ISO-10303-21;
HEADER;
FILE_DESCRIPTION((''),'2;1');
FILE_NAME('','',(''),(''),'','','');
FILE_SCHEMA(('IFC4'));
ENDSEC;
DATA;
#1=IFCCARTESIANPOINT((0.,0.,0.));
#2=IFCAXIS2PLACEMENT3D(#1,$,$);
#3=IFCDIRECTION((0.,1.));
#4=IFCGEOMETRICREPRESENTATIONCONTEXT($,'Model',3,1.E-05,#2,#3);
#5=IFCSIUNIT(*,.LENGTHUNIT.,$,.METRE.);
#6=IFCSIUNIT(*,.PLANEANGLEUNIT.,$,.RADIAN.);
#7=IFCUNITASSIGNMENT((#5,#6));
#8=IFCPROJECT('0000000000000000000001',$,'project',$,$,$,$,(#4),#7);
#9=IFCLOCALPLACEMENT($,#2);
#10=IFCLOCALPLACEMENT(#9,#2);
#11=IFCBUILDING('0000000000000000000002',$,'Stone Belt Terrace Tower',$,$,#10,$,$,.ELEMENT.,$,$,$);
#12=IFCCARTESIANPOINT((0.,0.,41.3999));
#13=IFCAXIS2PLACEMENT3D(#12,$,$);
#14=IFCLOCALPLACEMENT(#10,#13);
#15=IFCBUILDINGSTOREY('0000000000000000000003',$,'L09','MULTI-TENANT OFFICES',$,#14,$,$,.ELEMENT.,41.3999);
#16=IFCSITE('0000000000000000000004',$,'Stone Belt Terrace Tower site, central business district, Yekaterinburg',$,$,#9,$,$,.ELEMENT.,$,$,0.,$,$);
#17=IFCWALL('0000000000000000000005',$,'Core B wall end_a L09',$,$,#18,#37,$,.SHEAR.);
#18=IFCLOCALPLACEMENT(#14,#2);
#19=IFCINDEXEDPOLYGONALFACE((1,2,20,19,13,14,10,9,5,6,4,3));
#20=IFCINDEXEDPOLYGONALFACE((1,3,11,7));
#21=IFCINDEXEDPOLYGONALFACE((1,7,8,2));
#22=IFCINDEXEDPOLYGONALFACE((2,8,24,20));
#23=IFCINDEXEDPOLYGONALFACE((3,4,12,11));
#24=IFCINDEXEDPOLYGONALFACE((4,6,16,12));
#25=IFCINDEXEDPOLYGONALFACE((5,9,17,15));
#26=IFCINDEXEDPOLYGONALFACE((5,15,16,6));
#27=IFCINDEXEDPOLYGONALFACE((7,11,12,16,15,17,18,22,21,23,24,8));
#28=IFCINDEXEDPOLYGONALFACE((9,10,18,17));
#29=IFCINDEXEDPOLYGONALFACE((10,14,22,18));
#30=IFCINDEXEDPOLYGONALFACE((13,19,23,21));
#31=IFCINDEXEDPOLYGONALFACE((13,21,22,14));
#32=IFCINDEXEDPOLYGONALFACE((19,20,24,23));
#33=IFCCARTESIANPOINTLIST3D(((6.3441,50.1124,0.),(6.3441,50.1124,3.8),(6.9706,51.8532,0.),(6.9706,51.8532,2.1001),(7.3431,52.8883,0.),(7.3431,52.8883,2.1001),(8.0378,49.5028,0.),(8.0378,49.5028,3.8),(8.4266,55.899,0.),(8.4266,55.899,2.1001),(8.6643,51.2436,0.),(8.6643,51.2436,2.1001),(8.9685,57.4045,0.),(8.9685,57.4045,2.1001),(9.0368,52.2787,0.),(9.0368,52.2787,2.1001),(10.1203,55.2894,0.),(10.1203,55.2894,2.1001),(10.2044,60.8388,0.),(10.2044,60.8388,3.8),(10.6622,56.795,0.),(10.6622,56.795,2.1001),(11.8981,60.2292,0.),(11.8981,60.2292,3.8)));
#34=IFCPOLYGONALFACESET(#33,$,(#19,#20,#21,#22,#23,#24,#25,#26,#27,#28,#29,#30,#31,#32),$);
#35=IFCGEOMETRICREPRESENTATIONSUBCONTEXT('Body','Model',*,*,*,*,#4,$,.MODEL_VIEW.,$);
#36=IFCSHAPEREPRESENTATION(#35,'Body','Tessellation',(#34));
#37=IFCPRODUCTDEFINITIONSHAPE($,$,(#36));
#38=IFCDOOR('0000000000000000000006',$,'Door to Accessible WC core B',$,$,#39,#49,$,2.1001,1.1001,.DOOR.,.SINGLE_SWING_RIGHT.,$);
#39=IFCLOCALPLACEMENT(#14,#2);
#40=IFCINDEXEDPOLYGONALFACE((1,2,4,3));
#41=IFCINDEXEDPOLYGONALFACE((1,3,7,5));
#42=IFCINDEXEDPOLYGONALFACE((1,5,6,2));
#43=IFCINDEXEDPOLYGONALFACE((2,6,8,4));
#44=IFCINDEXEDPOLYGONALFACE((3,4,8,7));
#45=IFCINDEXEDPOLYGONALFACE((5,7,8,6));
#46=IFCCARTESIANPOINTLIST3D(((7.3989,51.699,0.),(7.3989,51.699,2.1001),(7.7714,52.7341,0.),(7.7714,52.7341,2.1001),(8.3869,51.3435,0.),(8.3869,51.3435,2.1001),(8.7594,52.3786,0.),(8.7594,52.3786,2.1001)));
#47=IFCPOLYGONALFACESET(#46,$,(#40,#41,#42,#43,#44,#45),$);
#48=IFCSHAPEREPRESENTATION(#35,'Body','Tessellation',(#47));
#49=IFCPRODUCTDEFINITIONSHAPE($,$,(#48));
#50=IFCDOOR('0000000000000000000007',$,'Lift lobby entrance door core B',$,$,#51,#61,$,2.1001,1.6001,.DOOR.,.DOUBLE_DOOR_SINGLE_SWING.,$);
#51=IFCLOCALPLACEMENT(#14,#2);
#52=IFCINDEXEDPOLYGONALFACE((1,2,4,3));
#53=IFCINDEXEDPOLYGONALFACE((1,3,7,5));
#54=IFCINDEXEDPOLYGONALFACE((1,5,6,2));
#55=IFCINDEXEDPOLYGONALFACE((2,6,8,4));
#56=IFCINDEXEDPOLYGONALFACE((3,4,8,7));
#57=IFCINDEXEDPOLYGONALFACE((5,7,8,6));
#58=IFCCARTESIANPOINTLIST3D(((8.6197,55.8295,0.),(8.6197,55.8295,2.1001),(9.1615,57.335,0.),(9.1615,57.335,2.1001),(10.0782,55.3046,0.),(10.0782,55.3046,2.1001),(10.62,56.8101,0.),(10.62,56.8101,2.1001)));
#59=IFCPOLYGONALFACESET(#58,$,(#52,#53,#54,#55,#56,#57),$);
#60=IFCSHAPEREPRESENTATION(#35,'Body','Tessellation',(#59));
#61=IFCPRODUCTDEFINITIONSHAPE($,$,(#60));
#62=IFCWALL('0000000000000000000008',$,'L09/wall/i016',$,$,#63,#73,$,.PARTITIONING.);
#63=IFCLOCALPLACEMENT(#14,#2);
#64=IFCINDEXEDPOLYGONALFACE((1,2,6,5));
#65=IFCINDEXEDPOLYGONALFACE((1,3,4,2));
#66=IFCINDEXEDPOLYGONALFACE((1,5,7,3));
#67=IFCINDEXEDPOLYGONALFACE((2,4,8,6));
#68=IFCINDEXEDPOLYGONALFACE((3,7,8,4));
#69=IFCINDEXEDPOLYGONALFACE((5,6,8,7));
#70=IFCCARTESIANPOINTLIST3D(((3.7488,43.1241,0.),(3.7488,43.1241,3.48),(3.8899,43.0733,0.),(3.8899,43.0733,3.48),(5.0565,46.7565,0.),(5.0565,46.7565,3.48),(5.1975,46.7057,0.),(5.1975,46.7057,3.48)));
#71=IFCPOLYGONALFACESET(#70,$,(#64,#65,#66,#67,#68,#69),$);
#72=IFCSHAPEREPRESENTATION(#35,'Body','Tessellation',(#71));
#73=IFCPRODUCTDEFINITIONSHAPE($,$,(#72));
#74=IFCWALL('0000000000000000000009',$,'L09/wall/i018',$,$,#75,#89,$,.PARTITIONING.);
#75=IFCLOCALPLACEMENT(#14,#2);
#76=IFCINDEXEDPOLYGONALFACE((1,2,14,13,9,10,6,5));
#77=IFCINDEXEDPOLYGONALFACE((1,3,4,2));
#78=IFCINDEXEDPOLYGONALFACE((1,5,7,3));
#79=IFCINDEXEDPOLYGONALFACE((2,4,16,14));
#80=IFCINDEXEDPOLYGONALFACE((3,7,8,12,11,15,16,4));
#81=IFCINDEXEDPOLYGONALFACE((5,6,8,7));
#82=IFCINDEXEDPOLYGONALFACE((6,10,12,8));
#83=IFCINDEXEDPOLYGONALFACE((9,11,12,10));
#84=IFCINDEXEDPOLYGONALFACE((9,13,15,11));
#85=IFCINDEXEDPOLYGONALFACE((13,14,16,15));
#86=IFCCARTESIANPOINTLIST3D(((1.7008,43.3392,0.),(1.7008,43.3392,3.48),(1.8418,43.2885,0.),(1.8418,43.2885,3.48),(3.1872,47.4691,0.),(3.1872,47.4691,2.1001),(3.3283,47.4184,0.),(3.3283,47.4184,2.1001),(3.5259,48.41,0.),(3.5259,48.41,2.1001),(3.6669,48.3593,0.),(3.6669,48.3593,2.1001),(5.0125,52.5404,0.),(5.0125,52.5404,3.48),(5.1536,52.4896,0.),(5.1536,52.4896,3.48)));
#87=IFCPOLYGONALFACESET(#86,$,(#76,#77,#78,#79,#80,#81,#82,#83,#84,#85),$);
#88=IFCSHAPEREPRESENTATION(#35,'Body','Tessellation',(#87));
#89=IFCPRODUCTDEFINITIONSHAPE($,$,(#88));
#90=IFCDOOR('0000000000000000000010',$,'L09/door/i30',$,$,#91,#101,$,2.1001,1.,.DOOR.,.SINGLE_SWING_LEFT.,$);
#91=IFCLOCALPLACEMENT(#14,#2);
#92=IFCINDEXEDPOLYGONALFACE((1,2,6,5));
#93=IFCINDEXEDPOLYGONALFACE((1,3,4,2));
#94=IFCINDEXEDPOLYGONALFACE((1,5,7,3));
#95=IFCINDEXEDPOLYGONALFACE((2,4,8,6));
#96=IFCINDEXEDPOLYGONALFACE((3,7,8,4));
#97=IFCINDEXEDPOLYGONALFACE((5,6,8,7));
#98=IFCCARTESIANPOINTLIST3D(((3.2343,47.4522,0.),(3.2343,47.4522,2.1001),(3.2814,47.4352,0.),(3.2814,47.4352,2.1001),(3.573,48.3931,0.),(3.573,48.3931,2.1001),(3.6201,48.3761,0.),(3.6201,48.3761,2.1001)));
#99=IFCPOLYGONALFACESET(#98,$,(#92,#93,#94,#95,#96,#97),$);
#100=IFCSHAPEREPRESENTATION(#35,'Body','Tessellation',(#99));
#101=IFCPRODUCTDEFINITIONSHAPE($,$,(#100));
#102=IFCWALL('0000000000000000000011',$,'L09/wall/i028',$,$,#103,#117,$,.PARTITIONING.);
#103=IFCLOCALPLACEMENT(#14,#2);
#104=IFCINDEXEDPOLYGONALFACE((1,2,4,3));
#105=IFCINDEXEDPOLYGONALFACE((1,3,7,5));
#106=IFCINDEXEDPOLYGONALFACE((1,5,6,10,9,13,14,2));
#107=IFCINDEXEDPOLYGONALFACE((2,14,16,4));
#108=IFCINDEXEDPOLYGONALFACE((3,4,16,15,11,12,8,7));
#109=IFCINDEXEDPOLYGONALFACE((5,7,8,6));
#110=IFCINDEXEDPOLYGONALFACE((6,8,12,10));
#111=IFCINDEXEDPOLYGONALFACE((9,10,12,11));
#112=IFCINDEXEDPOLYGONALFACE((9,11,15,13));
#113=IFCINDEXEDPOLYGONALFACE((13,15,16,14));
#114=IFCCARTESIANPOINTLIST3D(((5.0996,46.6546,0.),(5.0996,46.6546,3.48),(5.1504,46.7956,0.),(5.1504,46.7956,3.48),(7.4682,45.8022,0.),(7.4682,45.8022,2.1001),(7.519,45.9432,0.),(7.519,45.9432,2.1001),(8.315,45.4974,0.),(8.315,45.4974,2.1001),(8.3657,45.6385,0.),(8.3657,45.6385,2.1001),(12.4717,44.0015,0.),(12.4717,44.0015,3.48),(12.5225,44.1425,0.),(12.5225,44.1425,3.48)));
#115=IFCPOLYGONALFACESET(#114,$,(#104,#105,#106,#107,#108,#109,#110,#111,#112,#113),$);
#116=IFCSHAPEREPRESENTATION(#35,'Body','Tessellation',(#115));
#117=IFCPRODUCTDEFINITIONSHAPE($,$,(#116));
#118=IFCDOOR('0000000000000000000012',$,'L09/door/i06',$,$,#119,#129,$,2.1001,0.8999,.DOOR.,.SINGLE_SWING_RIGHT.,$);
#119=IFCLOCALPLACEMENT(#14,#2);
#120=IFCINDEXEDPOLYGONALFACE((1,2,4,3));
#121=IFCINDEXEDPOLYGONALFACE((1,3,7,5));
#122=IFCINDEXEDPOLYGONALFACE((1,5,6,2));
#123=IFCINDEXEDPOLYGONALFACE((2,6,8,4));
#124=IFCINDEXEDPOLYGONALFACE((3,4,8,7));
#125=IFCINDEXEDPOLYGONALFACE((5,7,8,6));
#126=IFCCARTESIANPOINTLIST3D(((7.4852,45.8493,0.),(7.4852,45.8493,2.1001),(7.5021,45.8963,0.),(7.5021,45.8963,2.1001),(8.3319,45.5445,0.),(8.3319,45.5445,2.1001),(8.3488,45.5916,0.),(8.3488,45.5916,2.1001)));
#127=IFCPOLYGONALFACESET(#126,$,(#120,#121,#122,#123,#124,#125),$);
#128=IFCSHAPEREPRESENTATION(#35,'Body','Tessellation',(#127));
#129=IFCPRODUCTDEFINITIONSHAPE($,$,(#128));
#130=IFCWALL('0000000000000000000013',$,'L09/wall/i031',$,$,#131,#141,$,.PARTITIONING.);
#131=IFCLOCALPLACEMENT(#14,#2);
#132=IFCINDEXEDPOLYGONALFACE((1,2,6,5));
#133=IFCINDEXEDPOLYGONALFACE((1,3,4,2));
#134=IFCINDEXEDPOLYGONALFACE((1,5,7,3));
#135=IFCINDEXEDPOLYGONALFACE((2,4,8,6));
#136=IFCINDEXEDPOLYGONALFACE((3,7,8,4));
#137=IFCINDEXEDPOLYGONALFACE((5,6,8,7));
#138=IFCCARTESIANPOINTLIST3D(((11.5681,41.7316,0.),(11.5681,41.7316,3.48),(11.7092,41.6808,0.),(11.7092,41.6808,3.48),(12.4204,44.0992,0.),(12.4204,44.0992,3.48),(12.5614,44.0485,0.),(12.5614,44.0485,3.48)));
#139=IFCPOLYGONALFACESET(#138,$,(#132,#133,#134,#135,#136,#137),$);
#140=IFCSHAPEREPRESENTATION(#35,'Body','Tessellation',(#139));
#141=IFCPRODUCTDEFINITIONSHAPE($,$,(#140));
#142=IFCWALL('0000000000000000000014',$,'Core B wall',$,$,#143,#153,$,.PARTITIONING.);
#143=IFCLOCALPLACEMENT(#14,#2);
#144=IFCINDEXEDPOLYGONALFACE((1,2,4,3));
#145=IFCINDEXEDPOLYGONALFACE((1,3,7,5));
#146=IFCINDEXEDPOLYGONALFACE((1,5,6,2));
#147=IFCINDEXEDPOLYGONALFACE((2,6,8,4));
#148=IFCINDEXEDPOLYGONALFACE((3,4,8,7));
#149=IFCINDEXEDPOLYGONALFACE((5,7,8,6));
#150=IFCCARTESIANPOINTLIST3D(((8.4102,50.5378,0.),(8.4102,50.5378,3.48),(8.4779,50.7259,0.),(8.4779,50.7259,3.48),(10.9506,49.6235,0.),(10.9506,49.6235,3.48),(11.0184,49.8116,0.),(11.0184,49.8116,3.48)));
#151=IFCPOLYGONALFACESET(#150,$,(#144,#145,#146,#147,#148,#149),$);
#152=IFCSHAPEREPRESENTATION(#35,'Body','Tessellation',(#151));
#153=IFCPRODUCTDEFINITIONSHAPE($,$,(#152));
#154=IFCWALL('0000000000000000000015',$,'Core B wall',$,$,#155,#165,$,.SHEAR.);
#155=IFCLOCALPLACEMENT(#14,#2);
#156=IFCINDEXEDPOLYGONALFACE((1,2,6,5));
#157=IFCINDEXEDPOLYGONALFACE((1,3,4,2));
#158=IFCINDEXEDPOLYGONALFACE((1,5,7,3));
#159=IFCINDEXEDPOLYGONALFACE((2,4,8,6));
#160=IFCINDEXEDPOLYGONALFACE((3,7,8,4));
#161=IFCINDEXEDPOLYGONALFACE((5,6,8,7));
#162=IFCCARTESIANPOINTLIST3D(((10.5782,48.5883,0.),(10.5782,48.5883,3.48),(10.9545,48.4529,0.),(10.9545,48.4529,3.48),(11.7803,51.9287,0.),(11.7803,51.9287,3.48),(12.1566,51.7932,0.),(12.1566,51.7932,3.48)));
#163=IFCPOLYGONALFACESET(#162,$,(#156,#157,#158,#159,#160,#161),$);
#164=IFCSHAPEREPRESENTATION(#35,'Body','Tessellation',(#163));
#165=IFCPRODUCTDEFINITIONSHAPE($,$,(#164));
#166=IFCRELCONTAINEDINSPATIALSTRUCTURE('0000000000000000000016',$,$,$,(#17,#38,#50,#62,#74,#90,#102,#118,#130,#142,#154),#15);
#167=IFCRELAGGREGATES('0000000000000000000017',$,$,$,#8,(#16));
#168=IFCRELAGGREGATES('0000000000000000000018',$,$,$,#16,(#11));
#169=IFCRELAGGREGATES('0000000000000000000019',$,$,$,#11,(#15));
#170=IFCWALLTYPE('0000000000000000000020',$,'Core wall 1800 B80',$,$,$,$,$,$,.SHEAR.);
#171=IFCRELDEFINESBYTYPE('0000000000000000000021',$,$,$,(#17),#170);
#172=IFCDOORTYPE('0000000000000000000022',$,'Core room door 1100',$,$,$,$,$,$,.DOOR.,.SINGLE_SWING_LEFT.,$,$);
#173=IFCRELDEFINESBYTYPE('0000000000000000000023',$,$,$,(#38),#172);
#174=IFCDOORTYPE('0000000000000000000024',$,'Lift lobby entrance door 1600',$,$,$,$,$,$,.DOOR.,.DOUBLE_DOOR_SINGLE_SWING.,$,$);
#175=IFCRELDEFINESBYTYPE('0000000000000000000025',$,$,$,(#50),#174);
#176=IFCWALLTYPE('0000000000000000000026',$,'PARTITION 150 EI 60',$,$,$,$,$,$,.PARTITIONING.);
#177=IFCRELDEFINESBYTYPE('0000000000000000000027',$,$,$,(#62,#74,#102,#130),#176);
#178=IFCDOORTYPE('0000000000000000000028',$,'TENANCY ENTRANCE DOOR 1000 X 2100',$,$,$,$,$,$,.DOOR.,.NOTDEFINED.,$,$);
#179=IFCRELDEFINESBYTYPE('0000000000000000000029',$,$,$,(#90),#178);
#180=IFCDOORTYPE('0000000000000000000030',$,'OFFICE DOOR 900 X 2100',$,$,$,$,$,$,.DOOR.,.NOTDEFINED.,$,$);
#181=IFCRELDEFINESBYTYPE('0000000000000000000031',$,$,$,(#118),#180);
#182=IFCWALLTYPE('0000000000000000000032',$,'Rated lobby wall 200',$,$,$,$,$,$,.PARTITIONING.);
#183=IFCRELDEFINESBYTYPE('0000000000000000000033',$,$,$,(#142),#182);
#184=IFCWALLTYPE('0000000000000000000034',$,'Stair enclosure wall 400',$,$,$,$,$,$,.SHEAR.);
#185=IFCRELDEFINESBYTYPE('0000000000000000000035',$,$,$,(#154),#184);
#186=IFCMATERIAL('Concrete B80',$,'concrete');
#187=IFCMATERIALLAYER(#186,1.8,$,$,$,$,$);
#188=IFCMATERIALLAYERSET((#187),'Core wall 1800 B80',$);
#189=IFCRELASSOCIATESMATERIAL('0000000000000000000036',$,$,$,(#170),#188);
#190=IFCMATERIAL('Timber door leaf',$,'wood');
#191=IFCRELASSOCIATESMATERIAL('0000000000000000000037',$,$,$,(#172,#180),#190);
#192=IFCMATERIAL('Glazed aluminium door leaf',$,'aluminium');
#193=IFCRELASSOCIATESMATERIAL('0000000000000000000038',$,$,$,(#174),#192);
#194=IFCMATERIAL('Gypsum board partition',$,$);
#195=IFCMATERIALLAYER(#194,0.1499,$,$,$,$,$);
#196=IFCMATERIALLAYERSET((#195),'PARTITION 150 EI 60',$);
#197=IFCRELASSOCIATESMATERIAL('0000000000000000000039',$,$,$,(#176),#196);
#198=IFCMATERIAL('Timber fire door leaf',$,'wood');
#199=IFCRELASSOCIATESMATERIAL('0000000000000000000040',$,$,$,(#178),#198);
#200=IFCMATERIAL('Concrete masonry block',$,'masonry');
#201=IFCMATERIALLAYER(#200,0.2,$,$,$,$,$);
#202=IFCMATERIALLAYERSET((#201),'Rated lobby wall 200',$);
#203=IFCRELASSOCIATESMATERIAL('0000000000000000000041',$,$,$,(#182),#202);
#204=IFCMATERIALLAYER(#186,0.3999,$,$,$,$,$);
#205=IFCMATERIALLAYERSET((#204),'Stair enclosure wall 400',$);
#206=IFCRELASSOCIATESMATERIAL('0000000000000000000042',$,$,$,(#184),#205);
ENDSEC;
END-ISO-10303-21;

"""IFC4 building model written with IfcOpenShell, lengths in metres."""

from ifc_helpers import new_model, si_unit, direction, frame, frame_2d, origin, place, context, subcontext, project, spatial, rectangle, extrude, material, layer, layer_set, type_object, element, fill, save


model = new_model("IFC4")

# Units and contexts
model_context = context("Model", 3, precision=1e-05, world=origin(), true_north=direction((0.0, 1.0)))
body_context = subcontext(model_context, "Body", "Model", "MODEL_VIEW")
ifc_project = project(units=[si_unit("LENGTHUNIT", "METRE"), si_unit("PLANEANGLEUNIT", "RADIAN")], contexts=[model_context])

# Site, building, storey
site_placement = place(None, origin())
site = spatial("IfcSite", under=ifc_project, at=site_placement, Name="Stone Belt Terrace Tower site, central business district, Yekaterinburg", CompositionType="ELEMENT", RefElevation=0.0)
building_placement = place(site_placement, origin())
building = spatial("IfcBuilding", under=site, at=building_placement, Name="Stone Belt Terrace Tower", CompositionType="ELEMENT")
storey_placement = place(building_placement, frame((0.0, 0.0, 41.3999)))
storey = spatial("IfcBuildingStorey", under=building, at=storey_placement, Name="L09", Description="MULTI-TENANT OFFICES", CompositionType="ELEMENT", Elevation=41.3999)

# Shared definitions
ifc_material_1 = material(Name="Concrete B80", Category="concrete")

# Wall, openings, doors
ifc_layer_1 = layer(ifc_material_1, 1.8)
ifc_layer_set_1 = layer_set([ifc_layer_1], Name="Core wall 1800 B80")
wall_type_1 = type_object("IfcWallType", Name="Core wall 1800 B80", PredefinedType="SHEAR", material=ifc_layer_set_1)
ifc_material_2 = material(Name="Timber door leaf", Category="wood")
door_type_1 = type_object("IfcDoorType", Name="Core room door 1100", OperationType="SINGLE_SWING_LEFT", PredefinedType="DOOR", material=ifc_material_2)
wall_1_placement = place(storey_placement, frame((7.1909, 49.8076, 0.0), z_axis=(0.0, 0.0, 1.0), x_axis=(0.338632, 0.940919, 0.0)))
wall_1 = element("IfcWall", 1, at=wall_1_placement, inside=storey, type_object=wall_type_1, Name="Core B wall end_a L09", PredefinedType="SHEAR", context=body_context, shape_type="SweptSolid", body=[
    extrude(rectangle(XDim=11.3999, YDim=1.8, at=frame_2d((5.7, 0.0))), origin(), (0.0, 0.0, 1.0), 3.8),
])
opening_1_placement = place(wall_1_placement, frame((6.1499, 0.0, 0.0)))
opening_1 = element("IfcOpeningElement", 2, at=opening_1_placement, cuts=wall_1, PredefinedType="OPENING", context=body_context, shape_type="SweptSolid", body=[
    extrude(rectangle(XDim=1.6001, YDim=2.1001, at=frame_2d((0.8, 1.05))), frame((0.0, 0.9099, 0.0), z_axis=(0.0, -1.0, 0.0), x_axis=(1.0, 0.0, 0.0)), (0.0, 0.0, 1.0), 1.8201),
])
opening_2_placement = place(wall_1_placement, frame((1.8501, 0.0, 0.0)))
opening_2 = element("IfcOpeningElement", 3, at=opening_2_placement, cuts=wall_1, PredefinedType="OPENING", context=body_context, shape_type="SweptSolid", body=[
    extrude(rectangle(XDim=1.1001, YDim=2.1001, at=frame_2d((0.55, 1.05))), frame((0.0, 0.9099, 0.0), z_axis=(0.0, -1.0, 0.0), x_axis=(1.0, 0.0, 0.0)), (0.0, 0.0, 1.0), 1.8201),
])
door_1_placement = place(opening_2_placement, origin())
door_1 = element("IfcDoor", 4, at=door_1_placement, inside=storey, type_object=door_type_1, Name="Door to Accessible WC core B", OperationType="SINGLE_SWING_RIGHT", OverallHeight=2.1001, OverallWidth=1.1001, PredefinedType="DOOR", context=body_context, shape_type="SweptSolid", body=[
    extrude(rectangle(XDim=1.1001, YDim=2.1001, at=frame_2d((0.55, 1.05))), frame((0.0, 0.4448, 0.0), z_axis=(0.0, -1.0, 0.0), x_axis=(1.0, 0.0, 0.0)), (0.0, 0.0, 1.0), 1.05),
])
fill(opening_2, door_1)
ifc_material_3 = material(Name="Glazed aluminium door leaf", Category="aluminium")
door_type_2 = type_object("IfcDoorType", Name="Lift lobby entrance door 1600", OperationType="DOUBLE_DOOR_SINGLE_SWING", PredefinedType="DOOR", material=ifc_material_3)
door_2_placement = place(opening_1_placement, origin())
door_2 = element("IfcDoor", 5, at=door_2_placement, inside=storey, type_object=door_type_2, Name="Lift lobby entrance door core B", OperationType="DOUBLE_DOOR_SINGLE_SWING", OverallHeight=2.1001, OverallWidth=1.6001, PredefinedType="DOOR", context=body_context, shape_type="SweptSolid", body=[
    extrude(rectangle(XDim=1.6001, YDim=2.1001, at=frame_2d((0.8, 1.05))), frame((0.0, 0.6948, 0.0), z_axis=(0.0, -1.0, 0.0), x_axis=(1.0, 0.0, 0.0)), (0.0, 0.0, 1.0), 1.55),
])
fill(opening_1, door_2)

# Wall
ifc_material_4 = material(Name="Gypsum board partition")
ifc_layer_2 = layer(ifc_material_4, 0.1499)
ifc_layer_set_2 = layer_set([ifc_layer_2], Name="PARTITION 150 EI 60")
wall_type_2 = type_object("IfcWallType", Name="PARTITION 150 EI 60", PredefinedType="PARTITIONING", material=ifc_layer_set_2)
wall_2_placement = place(storey_placement, frame((5.127, 46.731, 0.0), z_axis=(0.0, 0.0, 1.0), x_axis=(-0.338715, -0.940889, 0.0)))
element("IfcWall", 6, at=wall_2_placement, inside=storey, type_object=wall_type_2, Name="L09/wall/i016", PredefinedType="PARTITIONING", context=body_context, shape_type="SweptSolid", body=[
    extrude(rectangle(XDim=3.8606, YDim=0.1499, at=frame_2d((1.9302, 0.0))), origin(), (0.0, 0.0, 1.0), 3.48),
])

# Walls, openings, doors
wall_3_placement = place(storey_placement, frame((1.7712, 43.3137, 0.0), z_axis=(0.0, 0.0, 1.0), x_axis=(0.33866, 0.940909, 0.0)))
wall_3 = element("IfcWall", 7, at=wall_3_placement, inside=storey, type_object=wall_type_2, Name="L09/wall/i018", PredefinedType="PARTITIONING", context=body_context, shape_type="SweptSolid", body=[
    extrude(rectangle(XDim=9.7791, YDim=0.1499, at=frame_2d((4.8896, 0.0))), origin(), (0.0, 0.0, 1.0), 3.48),
])
opening_3_placement = place(wall_3_placement, frame((4.3894, 0.0, 0.0)))
opening_3 = element("IfcOpeningElement", 8, at=opening_3_placement, cuts=wall_3, PredefinedType="OPENING", context=body_context, shape_type="SweptSolid", body=[
    extrude(rectangle(XDim=1.0, YDim=2.1001, at=frame_2d((0.5, 1.05))), frame((0.0, 0.085, 0.0), z_axis=(0.0, -1.0, 0.0), x_axis=(1.0, 0.0, 0.0)), (0.0, 0.0, 1.0), 0.1699),
])
ifc_material_5 = material(Name="Timber fire door leaf", Category="wood")
door_type_3 = type_object("IfcDoorType", Name="TENANCY ENTRANCE DOOR 1000 X 2100", OperationType="NOTDEFINED", PredefinedType="DOOR", material=ifc_material_5)
door_3_placement = place(opening_3_placement, origin())
door_3 = element("IfcDoor", 9, at=door_3_placement, inside=storey, type_object=door_type_3, Name="L09/door/i30", OperationType="SINGLE_SWING_LEFT", OverallHeight=2.1001, OverallWidth=1.0, PredefinedType="DOOR", context=body_context, shape_type="SweptSolid", body=[
    extrude(rectangle(XDim=1.0, YDim=2.1001, at=frame_2d((0.5, 1.05))), frame((0.0, 0.0249, 0.0), z_axis=(0.0, -1.0, 0.0), x_axis=(1.0, 0.0, 0.0)), (0.0, 0.0, 1.0), 0.05),
])
fill(opening_3, door_3)
wall_4_placement = place(storey_placement, frame((12.4971, 44.072, 0.0), z_axis=(0.0, 0.0, 1.0), x_axis=(-0.940923, 0.338621, 0.0)))
wall_4 = element("IfcWall", 10, at=wall_4_placement, inside=storey, type_object=wall_type_2, Name="L09/wall/i028", PredefinedType="PARTITIONING", context=body_context, shape_type="SweptSolid", body=[
    extrude(rectangle(XDim=7.835, YDim=0.1499, at=frame_2d((3.9175, 0.0))), origin(), (0.0, 0.0, 1.0), 3.48),
])
opening_4_placement = place(wall_4_placement, frame((4.4177, 0.0, 0.0)))
opening_4 = element("IfcOpeningElement", 11, at=opening_4_placement, cuts=wall_4, PredefinedType="OPENING", context=body_context, shape_type="SweptSolid", body=[
    extrude(rectangle(XDim=0.8999, YDim=2.1001, at=frame_2d((0.45, 1.05))), frame((0.0, 0.085, 0.0), z_axis=(0.0, -1.0, 0.0), x_axis=(1.0, 0.0, 0.0)), (0.0, 0.0, 1.0), 0.1699),
])
door_type_4 = type_object("IfcDoorType", Name="OFFICE DOOR 900 X 2100", OperationType="NOTDEFINED", PredefinedType="DOOR", material=ifc_material_2)
door_4_placement = place(opening_4_placement, origin())
door_4 = element("IfcDoor", 12, at=door_4_placement, inside=storey, type_object=door_type_4, Name="L09/door/i06", OperationType="SINGLE_SWING_RIGHT", OverallHeight=2.1001, OverallWidth=0.8999, PredefinedType="DOOR", context=body_context, shape_type="SweptSolid", body=[
    extrude(rectangle(XDim=0.8999, YDim=2.1001, at=frame_2d((0.45, 1.05))), frame((0.0, 0.0249, 0.0), z_axis=(0.0, -1.0, 0.0), x_axis=(1.0, 0.0, 0.0)), (0.0, 0.0, 1.0), 0.05),
])
fill(opening_4, door_4)

# Walls
wall_5_placement = place(storey_placement, frame((12.491, 44.074, 0.0), z_axis=(0.0, 0.0, 1.0), x_axis=(-0.338695, -0.940896, 0.0)))
element("IfcWall", 13, at=wall_5_placement, inside=storey, type_object=wall_type_2, Name="L09/wall/i031", PredefinedType="PARTITIONING", context=body_context, shape_type="SweptSolid", body=[
    extrude(rectangle(XDim=2.5164, YDim=0.1499, at=frame_2d((1.2583, 0.0))), origin(), (0.0, 0.0, 1.0), 3.48),
])
ifc_material_6 = material(Name="Concrete masonry block", Category="masonry")
ifc_layer_3 = layer(ifc_material_6, 0.2)
ifc_layer_set_3 = layer_set([ifc_layer_3], Name="Rated lobby wall 200")
wall_type_3 = type_object("IfcWallType", Name="Rated lobby wall 200", PredefinedType="PARTITIONING", material=ifc_layer_set_3)
wall_6_placement = place(storey_placement, frame((10.9846, 49.7175, 0.0), z_axis=(0.0, 0.0, 1.0), x_axis=(-0.940921, 0.338627, 0.0)))
element("IfcWall", 14, at=wall_6_placement, inside=storey, type_object=wall_type_3, Name="Core B wall", PredefinedType="PARTITIONING", context=body_context, shape_type="SweptSolid", body=[
    extrude(rectangle(XDim=2.7, YDim=0.2, at=frame_2d((1.3501, 0.0))), origin(), (0.0, 0.0, 1.0), 3.48),
])
ifc_layer_4 = layer(ifc_material_1, 0.3999)
ifc_layer_set_4 = layer_set([ifc_layer_4], Name="Stair enclosure wall 400")
wall_type_4 = type_object("IfcWallType", Name="Stair enclosure wall 400", PredefinedType="SHEAR", material=ifc_layer_set_4)
wall_7_placement = place(storey_placement, frame((10.7664, 48.5208, 0.0), z_axis=(0.0, 0.0, 1.0), x_axis=(0.338627, 0.940921, 0.0)))
element("IfcWall", 15, at=wall_7_placement, inside=storey, type_object=wall_type_4, Name="Core B wall", PredefinedType="SHEAR", context=body_context, shape_type="SweptSolid", body=[
    extrude(rectangle(XDim=3.55, YDim=0.3999, at=frame_2d((1.7749, 0.0))), origin(), (0.0, 0.0, 1.0), 3.48),
])

save(model, "model.ifc")
